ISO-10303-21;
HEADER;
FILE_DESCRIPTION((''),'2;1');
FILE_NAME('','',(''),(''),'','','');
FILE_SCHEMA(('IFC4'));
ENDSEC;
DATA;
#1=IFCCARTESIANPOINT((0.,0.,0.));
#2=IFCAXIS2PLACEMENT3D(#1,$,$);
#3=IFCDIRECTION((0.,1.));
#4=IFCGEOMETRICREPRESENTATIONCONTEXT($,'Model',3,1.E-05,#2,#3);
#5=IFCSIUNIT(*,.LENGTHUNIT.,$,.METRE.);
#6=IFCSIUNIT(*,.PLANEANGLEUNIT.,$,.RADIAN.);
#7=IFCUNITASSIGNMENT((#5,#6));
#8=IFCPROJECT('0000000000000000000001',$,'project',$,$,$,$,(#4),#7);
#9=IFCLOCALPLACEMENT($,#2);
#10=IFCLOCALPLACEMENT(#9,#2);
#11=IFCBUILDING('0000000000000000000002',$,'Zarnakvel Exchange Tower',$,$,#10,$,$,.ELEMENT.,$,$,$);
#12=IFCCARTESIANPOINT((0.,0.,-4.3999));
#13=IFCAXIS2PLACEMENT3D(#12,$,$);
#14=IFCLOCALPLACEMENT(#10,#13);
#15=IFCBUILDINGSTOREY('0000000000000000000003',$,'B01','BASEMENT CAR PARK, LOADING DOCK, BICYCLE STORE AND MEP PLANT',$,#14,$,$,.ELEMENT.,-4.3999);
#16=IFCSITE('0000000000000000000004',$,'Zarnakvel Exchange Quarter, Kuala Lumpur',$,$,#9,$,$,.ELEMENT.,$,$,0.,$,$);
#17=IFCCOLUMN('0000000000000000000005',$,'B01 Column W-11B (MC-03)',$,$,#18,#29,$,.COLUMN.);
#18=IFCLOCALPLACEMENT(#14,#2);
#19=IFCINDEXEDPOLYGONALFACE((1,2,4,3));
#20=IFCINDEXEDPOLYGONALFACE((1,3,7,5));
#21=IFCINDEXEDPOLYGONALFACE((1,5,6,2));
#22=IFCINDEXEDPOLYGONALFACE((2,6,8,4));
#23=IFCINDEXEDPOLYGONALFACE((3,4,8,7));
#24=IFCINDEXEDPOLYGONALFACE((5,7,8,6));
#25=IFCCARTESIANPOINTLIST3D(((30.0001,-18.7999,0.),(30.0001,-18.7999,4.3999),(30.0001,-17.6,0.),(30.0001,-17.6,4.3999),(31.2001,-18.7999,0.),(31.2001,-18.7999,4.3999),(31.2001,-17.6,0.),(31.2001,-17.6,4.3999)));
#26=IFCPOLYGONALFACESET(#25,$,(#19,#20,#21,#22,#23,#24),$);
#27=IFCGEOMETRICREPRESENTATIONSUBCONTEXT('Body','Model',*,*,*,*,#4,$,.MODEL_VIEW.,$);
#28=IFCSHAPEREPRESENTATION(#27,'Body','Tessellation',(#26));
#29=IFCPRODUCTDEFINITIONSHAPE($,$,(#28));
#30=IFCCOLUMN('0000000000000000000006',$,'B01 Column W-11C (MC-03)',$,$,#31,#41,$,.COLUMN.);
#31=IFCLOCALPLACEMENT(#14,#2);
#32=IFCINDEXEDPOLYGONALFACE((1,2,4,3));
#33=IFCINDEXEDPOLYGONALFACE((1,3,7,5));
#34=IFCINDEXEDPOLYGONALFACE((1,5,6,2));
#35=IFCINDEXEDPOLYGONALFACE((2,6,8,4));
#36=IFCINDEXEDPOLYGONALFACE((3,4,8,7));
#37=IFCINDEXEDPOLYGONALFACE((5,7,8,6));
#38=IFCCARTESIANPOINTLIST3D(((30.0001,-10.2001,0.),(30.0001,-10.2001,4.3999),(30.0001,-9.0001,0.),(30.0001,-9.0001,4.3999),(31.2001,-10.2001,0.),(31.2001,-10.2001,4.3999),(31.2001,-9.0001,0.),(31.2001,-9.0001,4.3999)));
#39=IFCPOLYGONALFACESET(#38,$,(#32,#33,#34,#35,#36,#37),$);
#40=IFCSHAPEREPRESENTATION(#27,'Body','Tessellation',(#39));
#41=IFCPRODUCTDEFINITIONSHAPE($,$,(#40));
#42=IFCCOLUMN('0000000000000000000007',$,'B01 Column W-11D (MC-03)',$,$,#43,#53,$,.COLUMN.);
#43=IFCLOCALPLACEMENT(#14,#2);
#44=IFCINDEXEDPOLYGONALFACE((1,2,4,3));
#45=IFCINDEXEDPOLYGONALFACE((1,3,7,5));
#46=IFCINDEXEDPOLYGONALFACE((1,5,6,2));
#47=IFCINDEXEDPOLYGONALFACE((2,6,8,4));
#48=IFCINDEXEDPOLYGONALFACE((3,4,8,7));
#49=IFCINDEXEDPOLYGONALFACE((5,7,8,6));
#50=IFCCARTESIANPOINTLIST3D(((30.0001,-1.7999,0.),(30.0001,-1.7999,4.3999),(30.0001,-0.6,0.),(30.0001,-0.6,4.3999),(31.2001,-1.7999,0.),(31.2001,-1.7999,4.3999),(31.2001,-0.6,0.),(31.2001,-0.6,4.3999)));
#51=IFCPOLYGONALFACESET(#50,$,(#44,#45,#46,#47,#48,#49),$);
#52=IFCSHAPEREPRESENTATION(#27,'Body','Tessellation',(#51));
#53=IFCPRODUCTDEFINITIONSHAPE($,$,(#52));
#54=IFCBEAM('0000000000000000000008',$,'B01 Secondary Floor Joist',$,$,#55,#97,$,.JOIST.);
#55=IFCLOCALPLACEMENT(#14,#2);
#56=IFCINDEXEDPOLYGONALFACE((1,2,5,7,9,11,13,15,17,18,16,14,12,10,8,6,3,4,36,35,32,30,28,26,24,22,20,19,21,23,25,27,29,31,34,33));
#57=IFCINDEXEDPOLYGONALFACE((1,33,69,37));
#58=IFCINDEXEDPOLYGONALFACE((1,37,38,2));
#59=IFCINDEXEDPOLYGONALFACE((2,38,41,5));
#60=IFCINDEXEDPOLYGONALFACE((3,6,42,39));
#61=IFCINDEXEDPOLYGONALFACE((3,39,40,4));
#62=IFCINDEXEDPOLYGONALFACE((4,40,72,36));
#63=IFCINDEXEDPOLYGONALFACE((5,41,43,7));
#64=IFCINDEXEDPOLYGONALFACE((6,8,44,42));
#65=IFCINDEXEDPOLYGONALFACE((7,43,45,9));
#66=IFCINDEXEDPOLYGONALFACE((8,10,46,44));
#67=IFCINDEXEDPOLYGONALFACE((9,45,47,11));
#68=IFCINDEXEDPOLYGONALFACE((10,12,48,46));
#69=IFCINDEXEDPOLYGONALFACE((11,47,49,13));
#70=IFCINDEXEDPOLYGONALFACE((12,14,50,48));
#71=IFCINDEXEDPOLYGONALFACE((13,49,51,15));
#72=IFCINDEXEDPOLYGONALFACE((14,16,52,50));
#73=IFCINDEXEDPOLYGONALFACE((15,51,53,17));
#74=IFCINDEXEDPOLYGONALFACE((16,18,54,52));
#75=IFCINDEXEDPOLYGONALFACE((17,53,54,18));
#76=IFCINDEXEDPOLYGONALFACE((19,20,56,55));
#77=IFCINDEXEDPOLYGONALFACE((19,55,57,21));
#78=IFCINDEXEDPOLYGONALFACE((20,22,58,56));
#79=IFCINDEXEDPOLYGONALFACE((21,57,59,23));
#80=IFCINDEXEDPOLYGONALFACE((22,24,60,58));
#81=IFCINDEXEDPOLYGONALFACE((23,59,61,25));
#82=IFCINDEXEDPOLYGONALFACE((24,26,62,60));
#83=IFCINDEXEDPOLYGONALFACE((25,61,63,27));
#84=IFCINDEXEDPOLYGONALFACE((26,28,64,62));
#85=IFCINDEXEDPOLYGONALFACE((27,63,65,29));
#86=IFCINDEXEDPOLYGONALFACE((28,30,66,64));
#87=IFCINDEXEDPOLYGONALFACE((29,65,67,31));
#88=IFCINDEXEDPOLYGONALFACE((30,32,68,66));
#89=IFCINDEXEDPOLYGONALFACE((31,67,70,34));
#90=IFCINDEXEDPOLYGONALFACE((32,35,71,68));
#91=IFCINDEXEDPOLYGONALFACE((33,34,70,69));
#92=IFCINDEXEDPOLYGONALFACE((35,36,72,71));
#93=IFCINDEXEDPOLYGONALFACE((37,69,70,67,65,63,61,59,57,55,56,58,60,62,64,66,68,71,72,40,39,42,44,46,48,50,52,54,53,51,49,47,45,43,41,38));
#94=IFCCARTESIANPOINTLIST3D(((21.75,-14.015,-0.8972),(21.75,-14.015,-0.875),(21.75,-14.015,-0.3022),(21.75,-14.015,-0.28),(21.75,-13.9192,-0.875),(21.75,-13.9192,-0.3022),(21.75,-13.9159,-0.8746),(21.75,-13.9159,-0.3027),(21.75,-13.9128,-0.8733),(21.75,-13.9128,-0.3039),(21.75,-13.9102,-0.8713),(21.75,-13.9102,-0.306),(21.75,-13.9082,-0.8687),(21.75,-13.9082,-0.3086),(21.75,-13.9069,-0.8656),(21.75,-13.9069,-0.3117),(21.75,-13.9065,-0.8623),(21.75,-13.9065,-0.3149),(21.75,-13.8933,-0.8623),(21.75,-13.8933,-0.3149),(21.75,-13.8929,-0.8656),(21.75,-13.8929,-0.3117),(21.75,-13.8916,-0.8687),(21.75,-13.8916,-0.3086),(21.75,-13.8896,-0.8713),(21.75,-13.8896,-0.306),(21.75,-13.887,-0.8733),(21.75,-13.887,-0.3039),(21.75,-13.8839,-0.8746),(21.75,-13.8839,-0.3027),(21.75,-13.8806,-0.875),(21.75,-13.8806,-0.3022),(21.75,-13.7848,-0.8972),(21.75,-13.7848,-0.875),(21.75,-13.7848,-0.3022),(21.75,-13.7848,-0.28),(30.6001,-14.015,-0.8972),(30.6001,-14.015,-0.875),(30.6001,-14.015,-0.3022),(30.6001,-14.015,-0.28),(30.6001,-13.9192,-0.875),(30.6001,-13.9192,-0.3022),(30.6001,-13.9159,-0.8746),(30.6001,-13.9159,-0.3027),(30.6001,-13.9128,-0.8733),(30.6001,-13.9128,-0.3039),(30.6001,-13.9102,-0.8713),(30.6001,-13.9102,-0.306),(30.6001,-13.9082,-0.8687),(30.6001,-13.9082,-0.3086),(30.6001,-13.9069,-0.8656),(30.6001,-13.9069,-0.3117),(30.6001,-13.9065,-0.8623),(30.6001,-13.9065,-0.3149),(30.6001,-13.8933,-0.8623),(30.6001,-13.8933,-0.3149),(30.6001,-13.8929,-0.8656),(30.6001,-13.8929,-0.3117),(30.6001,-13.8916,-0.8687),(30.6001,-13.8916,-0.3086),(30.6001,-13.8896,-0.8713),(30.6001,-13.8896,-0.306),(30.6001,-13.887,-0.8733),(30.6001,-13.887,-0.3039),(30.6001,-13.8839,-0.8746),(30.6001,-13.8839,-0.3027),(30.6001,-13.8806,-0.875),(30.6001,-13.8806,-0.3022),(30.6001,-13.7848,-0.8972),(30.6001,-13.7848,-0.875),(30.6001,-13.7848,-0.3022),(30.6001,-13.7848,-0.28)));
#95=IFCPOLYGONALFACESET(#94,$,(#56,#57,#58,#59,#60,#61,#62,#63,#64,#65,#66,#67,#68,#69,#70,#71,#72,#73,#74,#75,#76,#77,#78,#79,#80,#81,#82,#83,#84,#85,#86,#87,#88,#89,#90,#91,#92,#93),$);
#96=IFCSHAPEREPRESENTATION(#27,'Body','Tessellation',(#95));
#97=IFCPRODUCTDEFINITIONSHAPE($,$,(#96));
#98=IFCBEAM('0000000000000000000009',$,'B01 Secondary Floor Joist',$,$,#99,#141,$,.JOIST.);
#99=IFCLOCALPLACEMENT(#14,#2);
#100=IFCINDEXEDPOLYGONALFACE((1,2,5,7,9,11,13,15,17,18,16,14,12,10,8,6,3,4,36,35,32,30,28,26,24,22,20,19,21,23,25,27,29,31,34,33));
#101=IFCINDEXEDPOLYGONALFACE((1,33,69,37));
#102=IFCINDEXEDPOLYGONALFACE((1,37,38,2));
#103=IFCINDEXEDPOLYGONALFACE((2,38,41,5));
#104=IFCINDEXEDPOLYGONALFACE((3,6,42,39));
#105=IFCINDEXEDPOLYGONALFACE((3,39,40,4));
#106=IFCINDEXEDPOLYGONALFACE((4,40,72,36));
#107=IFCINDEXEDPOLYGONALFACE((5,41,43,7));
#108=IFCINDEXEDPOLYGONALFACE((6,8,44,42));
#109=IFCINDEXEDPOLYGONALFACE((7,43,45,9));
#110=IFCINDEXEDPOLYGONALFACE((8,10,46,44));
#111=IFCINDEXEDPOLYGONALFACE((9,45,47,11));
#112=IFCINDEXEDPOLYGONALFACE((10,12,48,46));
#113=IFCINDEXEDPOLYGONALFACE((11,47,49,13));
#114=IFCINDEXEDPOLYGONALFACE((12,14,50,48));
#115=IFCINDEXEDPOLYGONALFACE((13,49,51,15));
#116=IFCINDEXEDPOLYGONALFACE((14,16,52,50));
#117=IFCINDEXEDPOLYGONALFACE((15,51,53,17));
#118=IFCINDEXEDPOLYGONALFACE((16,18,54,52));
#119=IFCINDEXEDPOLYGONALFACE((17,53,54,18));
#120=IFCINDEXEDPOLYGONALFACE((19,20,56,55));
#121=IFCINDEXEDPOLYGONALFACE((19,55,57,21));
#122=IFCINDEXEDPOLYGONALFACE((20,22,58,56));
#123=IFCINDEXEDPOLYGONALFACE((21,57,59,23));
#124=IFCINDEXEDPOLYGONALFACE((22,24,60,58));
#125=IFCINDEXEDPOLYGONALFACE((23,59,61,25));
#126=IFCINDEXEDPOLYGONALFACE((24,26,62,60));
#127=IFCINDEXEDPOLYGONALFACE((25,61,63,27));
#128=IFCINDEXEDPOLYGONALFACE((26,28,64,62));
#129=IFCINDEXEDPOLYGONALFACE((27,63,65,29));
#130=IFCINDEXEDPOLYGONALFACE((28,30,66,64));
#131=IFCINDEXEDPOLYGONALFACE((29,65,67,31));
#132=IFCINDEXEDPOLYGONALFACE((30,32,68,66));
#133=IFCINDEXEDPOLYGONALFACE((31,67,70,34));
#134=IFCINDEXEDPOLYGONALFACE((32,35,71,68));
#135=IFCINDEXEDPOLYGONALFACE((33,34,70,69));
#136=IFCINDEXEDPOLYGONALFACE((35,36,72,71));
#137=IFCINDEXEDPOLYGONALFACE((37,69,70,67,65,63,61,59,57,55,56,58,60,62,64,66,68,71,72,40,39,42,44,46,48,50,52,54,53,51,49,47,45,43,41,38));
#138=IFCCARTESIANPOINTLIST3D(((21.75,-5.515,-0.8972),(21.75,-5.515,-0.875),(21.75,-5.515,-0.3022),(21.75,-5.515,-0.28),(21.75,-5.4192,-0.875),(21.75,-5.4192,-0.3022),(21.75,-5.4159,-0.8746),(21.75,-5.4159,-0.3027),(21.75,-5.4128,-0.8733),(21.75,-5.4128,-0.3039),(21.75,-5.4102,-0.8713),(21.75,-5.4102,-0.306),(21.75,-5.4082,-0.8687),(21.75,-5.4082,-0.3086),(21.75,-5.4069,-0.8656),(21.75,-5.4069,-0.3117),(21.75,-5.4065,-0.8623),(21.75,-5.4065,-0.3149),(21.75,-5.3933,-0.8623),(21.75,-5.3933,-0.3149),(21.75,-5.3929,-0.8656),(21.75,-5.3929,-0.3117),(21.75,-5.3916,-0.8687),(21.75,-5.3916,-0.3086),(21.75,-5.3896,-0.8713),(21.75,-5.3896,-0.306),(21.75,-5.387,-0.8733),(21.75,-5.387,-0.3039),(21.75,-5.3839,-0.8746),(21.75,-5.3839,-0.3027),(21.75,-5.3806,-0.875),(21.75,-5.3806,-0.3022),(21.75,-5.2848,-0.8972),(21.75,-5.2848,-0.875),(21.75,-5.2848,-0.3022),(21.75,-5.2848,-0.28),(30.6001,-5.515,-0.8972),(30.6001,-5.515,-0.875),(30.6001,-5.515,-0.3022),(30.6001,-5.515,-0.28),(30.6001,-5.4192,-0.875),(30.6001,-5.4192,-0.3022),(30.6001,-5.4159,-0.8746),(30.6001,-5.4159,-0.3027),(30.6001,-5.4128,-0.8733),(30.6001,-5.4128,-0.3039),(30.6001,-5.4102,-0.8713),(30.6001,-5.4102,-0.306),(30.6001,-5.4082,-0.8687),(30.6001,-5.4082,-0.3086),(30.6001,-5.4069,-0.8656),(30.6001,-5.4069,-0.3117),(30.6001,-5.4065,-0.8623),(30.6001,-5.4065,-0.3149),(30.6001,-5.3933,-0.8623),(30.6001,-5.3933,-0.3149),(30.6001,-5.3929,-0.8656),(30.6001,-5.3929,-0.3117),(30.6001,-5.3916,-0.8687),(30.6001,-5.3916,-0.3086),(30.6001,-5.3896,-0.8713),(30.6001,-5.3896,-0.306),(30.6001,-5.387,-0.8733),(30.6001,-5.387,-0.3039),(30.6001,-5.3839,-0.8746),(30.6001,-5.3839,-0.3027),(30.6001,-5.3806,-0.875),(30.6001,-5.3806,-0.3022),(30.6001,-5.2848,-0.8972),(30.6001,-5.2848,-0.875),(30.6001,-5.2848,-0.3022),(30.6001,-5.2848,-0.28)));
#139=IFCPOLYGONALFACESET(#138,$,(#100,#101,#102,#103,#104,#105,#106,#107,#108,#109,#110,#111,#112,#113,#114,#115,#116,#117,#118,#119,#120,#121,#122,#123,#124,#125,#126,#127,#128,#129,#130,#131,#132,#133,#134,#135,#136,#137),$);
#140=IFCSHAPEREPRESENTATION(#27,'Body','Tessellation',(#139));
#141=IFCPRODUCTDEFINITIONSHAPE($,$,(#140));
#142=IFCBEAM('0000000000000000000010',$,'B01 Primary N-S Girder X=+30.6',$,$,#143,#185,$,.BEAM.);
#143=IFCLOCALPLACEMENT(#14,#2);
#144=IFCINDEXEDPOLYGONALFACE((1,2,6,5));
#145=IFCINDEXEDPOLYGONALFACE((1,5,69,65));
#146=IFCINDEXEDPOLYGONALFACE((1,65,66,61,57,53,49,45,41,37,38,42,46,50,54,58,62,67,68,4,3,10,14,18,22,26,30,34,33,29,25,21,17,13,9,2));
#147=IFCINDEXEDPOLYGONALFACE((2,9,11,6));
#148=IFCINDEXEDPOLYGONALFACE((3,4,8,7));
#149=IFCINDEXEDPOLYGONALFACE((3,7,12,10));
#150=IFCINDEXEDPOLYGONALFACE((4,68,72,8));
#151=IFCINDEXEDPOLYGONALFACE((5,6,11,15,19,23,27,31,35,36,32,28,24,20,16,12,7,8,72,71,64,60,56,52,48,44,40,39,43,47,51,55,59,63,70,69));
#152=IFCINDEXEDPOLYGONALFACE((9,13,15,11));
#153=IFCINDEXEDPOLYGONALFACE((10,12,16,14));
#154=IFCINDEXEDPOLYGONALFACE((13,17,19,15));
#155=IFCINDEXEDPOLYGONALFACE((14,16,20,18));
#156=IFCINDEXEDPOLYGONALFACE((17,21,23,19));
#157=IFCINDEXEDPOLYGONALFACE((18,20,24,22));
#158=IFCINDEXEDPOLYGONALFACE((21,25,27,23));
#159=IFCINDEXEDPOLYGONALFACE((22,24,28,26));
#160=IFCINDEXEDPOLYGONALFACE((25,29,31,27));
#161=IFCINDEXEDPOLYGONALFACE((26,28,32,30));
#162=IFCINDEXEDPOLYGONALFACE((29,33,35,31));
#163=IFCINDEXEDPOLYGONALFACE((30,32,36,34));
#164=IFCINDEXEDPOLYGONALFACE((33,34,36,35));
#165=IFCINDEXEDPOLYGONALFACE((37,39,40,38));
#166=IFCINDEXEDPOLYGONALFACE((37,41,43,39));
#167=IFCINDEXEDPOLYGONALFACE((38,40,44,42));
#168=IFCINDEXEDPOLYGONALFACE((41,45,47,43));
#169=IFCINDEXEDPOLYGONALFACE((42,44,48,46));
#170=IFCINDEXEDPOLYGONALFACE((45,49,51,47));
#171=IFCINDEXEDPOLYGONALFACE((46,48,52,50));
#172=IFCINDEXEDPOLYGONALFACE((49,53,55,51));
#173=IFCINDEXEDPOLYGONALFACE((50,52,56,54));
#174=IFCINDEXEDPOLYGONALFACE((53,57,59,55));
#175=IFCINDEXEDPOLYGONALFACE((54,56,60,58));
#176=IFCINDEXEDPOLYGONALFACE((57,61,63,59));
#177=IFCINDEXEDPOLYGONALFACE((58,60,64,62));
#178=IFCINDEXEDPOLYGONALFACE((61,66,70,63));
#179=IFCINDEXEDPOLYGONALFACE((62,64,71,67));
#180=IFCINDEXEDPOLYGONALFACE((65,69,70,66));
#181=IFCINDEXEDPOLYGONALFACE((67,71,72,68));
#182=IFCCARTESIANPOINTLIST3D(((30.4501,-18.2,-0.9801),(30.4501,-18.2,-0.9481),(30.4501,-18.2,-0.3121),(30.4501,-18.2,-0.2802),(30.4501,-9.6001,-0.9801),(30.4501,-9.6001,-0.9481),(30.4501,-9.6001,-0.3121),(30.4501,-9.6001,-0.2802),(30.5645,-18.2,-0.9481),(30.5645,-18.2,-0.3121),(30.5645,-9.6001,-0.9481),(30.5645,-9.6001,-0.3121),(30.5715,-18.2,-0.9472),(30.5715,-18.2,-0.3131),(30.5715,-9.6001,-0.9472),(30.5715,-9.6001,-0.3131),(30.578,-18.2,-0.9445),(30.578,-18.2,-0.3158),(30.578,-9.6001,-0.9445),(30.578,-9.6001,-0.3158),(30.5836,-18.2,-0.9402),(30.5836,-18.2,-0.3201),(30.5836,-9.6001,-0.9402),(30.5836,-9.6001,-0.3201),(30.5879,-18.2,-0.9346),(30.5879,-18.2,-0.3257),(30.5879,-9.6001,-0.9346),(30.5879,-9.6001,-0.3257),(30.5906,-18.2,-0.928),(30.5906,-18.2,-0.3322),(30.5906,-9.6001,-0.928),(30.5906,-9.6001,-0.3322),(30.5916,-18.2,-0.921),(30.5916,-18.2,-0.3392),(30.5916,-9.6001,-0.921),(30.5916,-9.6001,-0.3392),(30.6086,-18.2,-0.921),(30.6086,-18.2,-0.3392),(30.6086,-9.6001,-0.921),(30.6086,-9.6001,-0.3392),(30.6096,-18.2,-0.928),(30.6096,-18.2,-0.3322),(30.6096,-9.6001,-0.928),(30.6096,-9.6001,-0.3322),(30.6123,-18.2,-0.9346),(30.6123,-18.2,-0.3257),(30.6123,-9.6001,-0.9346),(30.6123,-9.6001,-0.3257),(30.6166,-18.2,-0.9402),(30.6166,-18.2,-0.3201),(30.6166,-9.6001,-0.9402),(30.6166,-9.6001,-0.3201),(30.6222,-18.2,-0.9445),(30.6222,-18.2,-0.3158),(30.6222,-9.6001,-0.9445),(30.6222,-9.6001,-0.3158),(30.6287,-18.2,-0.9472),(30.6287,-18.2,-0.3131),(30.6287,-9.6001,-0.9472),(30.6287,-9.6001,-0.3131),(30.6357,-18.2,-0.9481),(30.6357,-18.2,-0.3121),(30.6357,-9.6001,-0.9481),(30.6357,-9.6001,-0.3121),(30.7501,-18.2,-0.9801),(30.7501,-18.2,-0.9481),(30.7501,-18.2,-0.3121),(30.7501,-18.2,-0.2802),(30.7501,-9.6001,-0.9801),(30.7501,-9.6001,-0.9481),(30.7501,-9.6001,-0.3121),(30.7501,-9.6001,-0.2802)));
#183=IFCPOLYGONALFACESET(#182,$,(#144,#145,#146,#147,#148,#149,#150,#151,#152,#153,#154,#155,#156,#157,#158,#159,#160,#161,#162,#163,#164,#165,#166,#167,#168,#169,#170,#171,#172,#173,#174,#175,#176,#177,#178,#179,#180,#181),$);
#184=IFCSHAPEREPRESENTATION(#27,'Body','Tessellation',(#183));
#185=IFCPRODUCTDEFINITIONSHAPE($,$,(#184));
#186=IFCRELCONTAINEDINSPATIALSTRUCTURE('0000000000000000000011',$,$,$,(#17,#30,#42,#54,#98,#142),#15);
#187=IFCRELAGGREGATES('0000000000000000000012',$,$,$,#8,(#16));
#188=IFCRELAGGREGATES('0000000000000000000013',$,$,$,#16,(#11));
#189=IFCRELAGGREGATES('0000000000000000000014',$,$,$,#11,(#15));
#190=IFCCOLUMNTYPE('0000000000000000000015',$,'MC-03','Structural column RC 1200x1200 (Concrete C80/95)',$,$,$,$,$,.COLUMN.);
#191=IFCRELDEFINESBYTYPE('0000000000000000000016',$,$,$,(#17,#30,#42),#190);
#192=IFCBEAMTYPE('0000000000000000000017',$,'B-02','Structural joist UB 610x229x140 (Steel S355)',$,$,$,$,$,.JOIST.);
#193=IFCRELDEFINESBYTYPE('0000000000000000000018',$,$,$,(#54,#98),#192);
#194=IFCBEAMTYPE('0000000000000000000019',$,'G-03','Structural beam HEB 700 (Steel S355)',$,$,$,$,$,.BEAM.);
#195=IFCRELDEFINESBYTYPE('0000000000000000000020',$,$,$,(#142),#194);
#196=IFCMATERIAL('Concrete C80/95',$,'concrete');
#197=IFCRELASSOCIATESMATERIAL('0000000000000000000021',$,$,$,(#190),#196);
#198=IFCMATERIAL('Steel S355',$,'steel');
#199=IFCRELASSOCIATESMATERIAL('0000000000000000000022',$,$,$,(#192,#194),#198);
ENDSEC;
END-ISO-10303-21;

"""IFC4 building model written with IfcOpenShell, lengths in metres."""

from ifc_helpers import new_model, si_unit, direction, frame, origin, origin_2d, place, context, subcontext, project, spatial, rectangle, i_section, extrude, material, material_profile, profile_set, type_object, element, save


model = new_model("IFC4")

# Units and contexts
model_context = context("Model", 3, precision=1e-05, world=origin(), true_north=direction((0.0, 1.0)))
body_context = subcontext(model_context, "Body", "Model", "MODEL_VIEW")
ifc_project = project(units=[si_unit("LENGTHUNIT", "METRE"), si_unit("PLANEANGLEUNIT", "RADIAN")], contexts=[model_context])

# Site, building, storey
site_placement = place(None, origin())
site = spatial("IfcSite", under=ifc_project, at=site_placement, Name="Zarnakvel Exchange Quarter, Kuala Lumpur", CompositionType="ELEMENT", RefElevation=0.0)
building_placement = place(site_placement, origin())
building = spatial("IfcBuilding", under=site, at=building_placement, Name="Zarnakvel Exchange Tower", CompositionType="ELEMENT")
storey_placement = place(building_placement, frame((0.0, 0.0, -4.3999)))
storey = spatial("IfcBuildingStorey", under=building, at=storey_placement, Name="B01", Description="BASEMENT CAR PARK, LOADING DOCK, BICYCLE STORE AND MEP PLANT", CompositionType="ELEMENT", Elevation=-4.3999)

# Columns
ifc_material_1 = material(Name="Concrete C80/95", Category="concrete")
ifc_material_profile_1 = material_profile(ifc_material_1, rectangle(XDim=1.2, YDim=1.2, at=origin_2d()))
ifc_profile_set_1 = profile_set([ifc_material_profile_1], Name="Concrete C80/95")
column_type = type_object("IfcColumnType", Name="MC-03", Description="Structural column RC 1200x1200 (Concrete C80/95)", PredefinedType="COLUMN", material=ifc_profile_set_1)
for number, where, z_axis, x_axis, name in (
    (1, (30.6001, -18.2, 0.0), (0.0, 0.0, 1.0), (1.0, 0.0, 0.0), "B01 Column W-11B (MC-03)"),
    (2, (30.6001, -9.6001, 0.0), (0.0, 0.0, 1.0), (1.0, 0.0, 0.0), "B01 Column W-11C (MC-03)"),
    (3, (30.6001, -1.2, 0.0), (0.0, 0.0, 1.0), (1.0, 0.0, 0.0), "B01 Column W-11D (MC-03)"),
):
    element("IfcColumn", number, at=place(storey_placement, frame(where, z_axis=z_axis, x_axis=x_axis)), inside=storey, type_object=column_type, Name=name, PredefinedType="COLUMN", context=body_context, shape_type="SweptSolid", body=[
        extrude(rectangle(XDim=1.2, YDim=1.2, at=origin_2d()), origin(), (0.0, 0.0, 1.0), 4.3999),
    ])

# Beams
ifc_material_2 = material(Name="Steel S355", Category="steel")
ifc_material_profile_2 = material_profile(ifc_material_2, i_section(OverallWidth=0.2302, OverallDepth=0.6172, WebThickness=0.0132, FlangeThickness=0.0222, FilletRadius=0.0127, at=origin_2d()))
ifc_profile_set_2 = profile_set([ifc_material_profile_2], Name="Steel S355")
beam_type_1 = type_object("IfcBeamType", Name="B-02", Description="Structural joist UB 610x229x140 (Steel S355)", PredefinedType="JOIST", material=ifc_profile_set_2)
for number, where, z_axis, x_axis, name in (
    (4, (21.75, -13.8999, -0.5886), (1.0, 0.0, 0.0), (0.0, 1.0, 0.0), "B01 Secondary Floor Joist"),
    (5, (21.75, -5.3999, -0.5886), (1.0, 0.0, 0.0), (0.0, 1.0, 0.0), "B01 Secondary Floor Joist"),
):
    element("IfcBeam", number, at=place(storey_placement, frame(where, z_axis=z_axis, x_axis=x_axis)), inside=storey, type_object=beam_type_1, Name=name, PredefinedType="JOIST", context=body_context, shape_type="SweptSolid", body=[
        extrude(i_section(OverallWidth=0.2302, OverallDepth=0.6172, WebThickness=0.0132, FlangeThickness=0.0222, FilletRadius=0.0127, at=origin_2d()), origin(), (0.0, 0.0, 1.0), 8.8501),
    ])
ifc_material_profile_3 = material_profile(ifc_material_2, i_section(OverallWidth=0.3, OverallDepth=0.7, WebThickness=0.0171, FlangeThickness=0.032, FilletRadius=0.0271, at=origin_2d()))
ifc_profile_set_3 = profile_set([ifc_material_profile_3], Name="Steel S355")
beam_type_2 = type_object("IfcBeamType", Name="G-03", Description="Structural beam HEB 700 (Steel S355)", PredefinedType="BEAM", material=ifc_profile_set_3)
beam_1_placement = place(storey_placement, frame((30.6001, -18.2, -0.6301), z_axis=(0.0, 1.0, 0.0), x_axis=(-1.0, 0.0, 0.0)))
element("IfcBeam", 6, at=beam_1_placement, inside=storey, type_object=beam_type_2, Name="B01 Primary N-S Girder X=+30.6", PredefinedType="BEAM", context=body_context, shape_type="SweptSolid", body=[
    extrude(i_section(OverallWidth=0.3, OverallDepth=0.7, WebThickness=0.0171, FlangeThickness=0.032, FilletRadius=0.0271, at=origin_2d()), origin(), (0.0, 0.0, 1.0), 8.5999),
])

save(model, "model.ifc")
